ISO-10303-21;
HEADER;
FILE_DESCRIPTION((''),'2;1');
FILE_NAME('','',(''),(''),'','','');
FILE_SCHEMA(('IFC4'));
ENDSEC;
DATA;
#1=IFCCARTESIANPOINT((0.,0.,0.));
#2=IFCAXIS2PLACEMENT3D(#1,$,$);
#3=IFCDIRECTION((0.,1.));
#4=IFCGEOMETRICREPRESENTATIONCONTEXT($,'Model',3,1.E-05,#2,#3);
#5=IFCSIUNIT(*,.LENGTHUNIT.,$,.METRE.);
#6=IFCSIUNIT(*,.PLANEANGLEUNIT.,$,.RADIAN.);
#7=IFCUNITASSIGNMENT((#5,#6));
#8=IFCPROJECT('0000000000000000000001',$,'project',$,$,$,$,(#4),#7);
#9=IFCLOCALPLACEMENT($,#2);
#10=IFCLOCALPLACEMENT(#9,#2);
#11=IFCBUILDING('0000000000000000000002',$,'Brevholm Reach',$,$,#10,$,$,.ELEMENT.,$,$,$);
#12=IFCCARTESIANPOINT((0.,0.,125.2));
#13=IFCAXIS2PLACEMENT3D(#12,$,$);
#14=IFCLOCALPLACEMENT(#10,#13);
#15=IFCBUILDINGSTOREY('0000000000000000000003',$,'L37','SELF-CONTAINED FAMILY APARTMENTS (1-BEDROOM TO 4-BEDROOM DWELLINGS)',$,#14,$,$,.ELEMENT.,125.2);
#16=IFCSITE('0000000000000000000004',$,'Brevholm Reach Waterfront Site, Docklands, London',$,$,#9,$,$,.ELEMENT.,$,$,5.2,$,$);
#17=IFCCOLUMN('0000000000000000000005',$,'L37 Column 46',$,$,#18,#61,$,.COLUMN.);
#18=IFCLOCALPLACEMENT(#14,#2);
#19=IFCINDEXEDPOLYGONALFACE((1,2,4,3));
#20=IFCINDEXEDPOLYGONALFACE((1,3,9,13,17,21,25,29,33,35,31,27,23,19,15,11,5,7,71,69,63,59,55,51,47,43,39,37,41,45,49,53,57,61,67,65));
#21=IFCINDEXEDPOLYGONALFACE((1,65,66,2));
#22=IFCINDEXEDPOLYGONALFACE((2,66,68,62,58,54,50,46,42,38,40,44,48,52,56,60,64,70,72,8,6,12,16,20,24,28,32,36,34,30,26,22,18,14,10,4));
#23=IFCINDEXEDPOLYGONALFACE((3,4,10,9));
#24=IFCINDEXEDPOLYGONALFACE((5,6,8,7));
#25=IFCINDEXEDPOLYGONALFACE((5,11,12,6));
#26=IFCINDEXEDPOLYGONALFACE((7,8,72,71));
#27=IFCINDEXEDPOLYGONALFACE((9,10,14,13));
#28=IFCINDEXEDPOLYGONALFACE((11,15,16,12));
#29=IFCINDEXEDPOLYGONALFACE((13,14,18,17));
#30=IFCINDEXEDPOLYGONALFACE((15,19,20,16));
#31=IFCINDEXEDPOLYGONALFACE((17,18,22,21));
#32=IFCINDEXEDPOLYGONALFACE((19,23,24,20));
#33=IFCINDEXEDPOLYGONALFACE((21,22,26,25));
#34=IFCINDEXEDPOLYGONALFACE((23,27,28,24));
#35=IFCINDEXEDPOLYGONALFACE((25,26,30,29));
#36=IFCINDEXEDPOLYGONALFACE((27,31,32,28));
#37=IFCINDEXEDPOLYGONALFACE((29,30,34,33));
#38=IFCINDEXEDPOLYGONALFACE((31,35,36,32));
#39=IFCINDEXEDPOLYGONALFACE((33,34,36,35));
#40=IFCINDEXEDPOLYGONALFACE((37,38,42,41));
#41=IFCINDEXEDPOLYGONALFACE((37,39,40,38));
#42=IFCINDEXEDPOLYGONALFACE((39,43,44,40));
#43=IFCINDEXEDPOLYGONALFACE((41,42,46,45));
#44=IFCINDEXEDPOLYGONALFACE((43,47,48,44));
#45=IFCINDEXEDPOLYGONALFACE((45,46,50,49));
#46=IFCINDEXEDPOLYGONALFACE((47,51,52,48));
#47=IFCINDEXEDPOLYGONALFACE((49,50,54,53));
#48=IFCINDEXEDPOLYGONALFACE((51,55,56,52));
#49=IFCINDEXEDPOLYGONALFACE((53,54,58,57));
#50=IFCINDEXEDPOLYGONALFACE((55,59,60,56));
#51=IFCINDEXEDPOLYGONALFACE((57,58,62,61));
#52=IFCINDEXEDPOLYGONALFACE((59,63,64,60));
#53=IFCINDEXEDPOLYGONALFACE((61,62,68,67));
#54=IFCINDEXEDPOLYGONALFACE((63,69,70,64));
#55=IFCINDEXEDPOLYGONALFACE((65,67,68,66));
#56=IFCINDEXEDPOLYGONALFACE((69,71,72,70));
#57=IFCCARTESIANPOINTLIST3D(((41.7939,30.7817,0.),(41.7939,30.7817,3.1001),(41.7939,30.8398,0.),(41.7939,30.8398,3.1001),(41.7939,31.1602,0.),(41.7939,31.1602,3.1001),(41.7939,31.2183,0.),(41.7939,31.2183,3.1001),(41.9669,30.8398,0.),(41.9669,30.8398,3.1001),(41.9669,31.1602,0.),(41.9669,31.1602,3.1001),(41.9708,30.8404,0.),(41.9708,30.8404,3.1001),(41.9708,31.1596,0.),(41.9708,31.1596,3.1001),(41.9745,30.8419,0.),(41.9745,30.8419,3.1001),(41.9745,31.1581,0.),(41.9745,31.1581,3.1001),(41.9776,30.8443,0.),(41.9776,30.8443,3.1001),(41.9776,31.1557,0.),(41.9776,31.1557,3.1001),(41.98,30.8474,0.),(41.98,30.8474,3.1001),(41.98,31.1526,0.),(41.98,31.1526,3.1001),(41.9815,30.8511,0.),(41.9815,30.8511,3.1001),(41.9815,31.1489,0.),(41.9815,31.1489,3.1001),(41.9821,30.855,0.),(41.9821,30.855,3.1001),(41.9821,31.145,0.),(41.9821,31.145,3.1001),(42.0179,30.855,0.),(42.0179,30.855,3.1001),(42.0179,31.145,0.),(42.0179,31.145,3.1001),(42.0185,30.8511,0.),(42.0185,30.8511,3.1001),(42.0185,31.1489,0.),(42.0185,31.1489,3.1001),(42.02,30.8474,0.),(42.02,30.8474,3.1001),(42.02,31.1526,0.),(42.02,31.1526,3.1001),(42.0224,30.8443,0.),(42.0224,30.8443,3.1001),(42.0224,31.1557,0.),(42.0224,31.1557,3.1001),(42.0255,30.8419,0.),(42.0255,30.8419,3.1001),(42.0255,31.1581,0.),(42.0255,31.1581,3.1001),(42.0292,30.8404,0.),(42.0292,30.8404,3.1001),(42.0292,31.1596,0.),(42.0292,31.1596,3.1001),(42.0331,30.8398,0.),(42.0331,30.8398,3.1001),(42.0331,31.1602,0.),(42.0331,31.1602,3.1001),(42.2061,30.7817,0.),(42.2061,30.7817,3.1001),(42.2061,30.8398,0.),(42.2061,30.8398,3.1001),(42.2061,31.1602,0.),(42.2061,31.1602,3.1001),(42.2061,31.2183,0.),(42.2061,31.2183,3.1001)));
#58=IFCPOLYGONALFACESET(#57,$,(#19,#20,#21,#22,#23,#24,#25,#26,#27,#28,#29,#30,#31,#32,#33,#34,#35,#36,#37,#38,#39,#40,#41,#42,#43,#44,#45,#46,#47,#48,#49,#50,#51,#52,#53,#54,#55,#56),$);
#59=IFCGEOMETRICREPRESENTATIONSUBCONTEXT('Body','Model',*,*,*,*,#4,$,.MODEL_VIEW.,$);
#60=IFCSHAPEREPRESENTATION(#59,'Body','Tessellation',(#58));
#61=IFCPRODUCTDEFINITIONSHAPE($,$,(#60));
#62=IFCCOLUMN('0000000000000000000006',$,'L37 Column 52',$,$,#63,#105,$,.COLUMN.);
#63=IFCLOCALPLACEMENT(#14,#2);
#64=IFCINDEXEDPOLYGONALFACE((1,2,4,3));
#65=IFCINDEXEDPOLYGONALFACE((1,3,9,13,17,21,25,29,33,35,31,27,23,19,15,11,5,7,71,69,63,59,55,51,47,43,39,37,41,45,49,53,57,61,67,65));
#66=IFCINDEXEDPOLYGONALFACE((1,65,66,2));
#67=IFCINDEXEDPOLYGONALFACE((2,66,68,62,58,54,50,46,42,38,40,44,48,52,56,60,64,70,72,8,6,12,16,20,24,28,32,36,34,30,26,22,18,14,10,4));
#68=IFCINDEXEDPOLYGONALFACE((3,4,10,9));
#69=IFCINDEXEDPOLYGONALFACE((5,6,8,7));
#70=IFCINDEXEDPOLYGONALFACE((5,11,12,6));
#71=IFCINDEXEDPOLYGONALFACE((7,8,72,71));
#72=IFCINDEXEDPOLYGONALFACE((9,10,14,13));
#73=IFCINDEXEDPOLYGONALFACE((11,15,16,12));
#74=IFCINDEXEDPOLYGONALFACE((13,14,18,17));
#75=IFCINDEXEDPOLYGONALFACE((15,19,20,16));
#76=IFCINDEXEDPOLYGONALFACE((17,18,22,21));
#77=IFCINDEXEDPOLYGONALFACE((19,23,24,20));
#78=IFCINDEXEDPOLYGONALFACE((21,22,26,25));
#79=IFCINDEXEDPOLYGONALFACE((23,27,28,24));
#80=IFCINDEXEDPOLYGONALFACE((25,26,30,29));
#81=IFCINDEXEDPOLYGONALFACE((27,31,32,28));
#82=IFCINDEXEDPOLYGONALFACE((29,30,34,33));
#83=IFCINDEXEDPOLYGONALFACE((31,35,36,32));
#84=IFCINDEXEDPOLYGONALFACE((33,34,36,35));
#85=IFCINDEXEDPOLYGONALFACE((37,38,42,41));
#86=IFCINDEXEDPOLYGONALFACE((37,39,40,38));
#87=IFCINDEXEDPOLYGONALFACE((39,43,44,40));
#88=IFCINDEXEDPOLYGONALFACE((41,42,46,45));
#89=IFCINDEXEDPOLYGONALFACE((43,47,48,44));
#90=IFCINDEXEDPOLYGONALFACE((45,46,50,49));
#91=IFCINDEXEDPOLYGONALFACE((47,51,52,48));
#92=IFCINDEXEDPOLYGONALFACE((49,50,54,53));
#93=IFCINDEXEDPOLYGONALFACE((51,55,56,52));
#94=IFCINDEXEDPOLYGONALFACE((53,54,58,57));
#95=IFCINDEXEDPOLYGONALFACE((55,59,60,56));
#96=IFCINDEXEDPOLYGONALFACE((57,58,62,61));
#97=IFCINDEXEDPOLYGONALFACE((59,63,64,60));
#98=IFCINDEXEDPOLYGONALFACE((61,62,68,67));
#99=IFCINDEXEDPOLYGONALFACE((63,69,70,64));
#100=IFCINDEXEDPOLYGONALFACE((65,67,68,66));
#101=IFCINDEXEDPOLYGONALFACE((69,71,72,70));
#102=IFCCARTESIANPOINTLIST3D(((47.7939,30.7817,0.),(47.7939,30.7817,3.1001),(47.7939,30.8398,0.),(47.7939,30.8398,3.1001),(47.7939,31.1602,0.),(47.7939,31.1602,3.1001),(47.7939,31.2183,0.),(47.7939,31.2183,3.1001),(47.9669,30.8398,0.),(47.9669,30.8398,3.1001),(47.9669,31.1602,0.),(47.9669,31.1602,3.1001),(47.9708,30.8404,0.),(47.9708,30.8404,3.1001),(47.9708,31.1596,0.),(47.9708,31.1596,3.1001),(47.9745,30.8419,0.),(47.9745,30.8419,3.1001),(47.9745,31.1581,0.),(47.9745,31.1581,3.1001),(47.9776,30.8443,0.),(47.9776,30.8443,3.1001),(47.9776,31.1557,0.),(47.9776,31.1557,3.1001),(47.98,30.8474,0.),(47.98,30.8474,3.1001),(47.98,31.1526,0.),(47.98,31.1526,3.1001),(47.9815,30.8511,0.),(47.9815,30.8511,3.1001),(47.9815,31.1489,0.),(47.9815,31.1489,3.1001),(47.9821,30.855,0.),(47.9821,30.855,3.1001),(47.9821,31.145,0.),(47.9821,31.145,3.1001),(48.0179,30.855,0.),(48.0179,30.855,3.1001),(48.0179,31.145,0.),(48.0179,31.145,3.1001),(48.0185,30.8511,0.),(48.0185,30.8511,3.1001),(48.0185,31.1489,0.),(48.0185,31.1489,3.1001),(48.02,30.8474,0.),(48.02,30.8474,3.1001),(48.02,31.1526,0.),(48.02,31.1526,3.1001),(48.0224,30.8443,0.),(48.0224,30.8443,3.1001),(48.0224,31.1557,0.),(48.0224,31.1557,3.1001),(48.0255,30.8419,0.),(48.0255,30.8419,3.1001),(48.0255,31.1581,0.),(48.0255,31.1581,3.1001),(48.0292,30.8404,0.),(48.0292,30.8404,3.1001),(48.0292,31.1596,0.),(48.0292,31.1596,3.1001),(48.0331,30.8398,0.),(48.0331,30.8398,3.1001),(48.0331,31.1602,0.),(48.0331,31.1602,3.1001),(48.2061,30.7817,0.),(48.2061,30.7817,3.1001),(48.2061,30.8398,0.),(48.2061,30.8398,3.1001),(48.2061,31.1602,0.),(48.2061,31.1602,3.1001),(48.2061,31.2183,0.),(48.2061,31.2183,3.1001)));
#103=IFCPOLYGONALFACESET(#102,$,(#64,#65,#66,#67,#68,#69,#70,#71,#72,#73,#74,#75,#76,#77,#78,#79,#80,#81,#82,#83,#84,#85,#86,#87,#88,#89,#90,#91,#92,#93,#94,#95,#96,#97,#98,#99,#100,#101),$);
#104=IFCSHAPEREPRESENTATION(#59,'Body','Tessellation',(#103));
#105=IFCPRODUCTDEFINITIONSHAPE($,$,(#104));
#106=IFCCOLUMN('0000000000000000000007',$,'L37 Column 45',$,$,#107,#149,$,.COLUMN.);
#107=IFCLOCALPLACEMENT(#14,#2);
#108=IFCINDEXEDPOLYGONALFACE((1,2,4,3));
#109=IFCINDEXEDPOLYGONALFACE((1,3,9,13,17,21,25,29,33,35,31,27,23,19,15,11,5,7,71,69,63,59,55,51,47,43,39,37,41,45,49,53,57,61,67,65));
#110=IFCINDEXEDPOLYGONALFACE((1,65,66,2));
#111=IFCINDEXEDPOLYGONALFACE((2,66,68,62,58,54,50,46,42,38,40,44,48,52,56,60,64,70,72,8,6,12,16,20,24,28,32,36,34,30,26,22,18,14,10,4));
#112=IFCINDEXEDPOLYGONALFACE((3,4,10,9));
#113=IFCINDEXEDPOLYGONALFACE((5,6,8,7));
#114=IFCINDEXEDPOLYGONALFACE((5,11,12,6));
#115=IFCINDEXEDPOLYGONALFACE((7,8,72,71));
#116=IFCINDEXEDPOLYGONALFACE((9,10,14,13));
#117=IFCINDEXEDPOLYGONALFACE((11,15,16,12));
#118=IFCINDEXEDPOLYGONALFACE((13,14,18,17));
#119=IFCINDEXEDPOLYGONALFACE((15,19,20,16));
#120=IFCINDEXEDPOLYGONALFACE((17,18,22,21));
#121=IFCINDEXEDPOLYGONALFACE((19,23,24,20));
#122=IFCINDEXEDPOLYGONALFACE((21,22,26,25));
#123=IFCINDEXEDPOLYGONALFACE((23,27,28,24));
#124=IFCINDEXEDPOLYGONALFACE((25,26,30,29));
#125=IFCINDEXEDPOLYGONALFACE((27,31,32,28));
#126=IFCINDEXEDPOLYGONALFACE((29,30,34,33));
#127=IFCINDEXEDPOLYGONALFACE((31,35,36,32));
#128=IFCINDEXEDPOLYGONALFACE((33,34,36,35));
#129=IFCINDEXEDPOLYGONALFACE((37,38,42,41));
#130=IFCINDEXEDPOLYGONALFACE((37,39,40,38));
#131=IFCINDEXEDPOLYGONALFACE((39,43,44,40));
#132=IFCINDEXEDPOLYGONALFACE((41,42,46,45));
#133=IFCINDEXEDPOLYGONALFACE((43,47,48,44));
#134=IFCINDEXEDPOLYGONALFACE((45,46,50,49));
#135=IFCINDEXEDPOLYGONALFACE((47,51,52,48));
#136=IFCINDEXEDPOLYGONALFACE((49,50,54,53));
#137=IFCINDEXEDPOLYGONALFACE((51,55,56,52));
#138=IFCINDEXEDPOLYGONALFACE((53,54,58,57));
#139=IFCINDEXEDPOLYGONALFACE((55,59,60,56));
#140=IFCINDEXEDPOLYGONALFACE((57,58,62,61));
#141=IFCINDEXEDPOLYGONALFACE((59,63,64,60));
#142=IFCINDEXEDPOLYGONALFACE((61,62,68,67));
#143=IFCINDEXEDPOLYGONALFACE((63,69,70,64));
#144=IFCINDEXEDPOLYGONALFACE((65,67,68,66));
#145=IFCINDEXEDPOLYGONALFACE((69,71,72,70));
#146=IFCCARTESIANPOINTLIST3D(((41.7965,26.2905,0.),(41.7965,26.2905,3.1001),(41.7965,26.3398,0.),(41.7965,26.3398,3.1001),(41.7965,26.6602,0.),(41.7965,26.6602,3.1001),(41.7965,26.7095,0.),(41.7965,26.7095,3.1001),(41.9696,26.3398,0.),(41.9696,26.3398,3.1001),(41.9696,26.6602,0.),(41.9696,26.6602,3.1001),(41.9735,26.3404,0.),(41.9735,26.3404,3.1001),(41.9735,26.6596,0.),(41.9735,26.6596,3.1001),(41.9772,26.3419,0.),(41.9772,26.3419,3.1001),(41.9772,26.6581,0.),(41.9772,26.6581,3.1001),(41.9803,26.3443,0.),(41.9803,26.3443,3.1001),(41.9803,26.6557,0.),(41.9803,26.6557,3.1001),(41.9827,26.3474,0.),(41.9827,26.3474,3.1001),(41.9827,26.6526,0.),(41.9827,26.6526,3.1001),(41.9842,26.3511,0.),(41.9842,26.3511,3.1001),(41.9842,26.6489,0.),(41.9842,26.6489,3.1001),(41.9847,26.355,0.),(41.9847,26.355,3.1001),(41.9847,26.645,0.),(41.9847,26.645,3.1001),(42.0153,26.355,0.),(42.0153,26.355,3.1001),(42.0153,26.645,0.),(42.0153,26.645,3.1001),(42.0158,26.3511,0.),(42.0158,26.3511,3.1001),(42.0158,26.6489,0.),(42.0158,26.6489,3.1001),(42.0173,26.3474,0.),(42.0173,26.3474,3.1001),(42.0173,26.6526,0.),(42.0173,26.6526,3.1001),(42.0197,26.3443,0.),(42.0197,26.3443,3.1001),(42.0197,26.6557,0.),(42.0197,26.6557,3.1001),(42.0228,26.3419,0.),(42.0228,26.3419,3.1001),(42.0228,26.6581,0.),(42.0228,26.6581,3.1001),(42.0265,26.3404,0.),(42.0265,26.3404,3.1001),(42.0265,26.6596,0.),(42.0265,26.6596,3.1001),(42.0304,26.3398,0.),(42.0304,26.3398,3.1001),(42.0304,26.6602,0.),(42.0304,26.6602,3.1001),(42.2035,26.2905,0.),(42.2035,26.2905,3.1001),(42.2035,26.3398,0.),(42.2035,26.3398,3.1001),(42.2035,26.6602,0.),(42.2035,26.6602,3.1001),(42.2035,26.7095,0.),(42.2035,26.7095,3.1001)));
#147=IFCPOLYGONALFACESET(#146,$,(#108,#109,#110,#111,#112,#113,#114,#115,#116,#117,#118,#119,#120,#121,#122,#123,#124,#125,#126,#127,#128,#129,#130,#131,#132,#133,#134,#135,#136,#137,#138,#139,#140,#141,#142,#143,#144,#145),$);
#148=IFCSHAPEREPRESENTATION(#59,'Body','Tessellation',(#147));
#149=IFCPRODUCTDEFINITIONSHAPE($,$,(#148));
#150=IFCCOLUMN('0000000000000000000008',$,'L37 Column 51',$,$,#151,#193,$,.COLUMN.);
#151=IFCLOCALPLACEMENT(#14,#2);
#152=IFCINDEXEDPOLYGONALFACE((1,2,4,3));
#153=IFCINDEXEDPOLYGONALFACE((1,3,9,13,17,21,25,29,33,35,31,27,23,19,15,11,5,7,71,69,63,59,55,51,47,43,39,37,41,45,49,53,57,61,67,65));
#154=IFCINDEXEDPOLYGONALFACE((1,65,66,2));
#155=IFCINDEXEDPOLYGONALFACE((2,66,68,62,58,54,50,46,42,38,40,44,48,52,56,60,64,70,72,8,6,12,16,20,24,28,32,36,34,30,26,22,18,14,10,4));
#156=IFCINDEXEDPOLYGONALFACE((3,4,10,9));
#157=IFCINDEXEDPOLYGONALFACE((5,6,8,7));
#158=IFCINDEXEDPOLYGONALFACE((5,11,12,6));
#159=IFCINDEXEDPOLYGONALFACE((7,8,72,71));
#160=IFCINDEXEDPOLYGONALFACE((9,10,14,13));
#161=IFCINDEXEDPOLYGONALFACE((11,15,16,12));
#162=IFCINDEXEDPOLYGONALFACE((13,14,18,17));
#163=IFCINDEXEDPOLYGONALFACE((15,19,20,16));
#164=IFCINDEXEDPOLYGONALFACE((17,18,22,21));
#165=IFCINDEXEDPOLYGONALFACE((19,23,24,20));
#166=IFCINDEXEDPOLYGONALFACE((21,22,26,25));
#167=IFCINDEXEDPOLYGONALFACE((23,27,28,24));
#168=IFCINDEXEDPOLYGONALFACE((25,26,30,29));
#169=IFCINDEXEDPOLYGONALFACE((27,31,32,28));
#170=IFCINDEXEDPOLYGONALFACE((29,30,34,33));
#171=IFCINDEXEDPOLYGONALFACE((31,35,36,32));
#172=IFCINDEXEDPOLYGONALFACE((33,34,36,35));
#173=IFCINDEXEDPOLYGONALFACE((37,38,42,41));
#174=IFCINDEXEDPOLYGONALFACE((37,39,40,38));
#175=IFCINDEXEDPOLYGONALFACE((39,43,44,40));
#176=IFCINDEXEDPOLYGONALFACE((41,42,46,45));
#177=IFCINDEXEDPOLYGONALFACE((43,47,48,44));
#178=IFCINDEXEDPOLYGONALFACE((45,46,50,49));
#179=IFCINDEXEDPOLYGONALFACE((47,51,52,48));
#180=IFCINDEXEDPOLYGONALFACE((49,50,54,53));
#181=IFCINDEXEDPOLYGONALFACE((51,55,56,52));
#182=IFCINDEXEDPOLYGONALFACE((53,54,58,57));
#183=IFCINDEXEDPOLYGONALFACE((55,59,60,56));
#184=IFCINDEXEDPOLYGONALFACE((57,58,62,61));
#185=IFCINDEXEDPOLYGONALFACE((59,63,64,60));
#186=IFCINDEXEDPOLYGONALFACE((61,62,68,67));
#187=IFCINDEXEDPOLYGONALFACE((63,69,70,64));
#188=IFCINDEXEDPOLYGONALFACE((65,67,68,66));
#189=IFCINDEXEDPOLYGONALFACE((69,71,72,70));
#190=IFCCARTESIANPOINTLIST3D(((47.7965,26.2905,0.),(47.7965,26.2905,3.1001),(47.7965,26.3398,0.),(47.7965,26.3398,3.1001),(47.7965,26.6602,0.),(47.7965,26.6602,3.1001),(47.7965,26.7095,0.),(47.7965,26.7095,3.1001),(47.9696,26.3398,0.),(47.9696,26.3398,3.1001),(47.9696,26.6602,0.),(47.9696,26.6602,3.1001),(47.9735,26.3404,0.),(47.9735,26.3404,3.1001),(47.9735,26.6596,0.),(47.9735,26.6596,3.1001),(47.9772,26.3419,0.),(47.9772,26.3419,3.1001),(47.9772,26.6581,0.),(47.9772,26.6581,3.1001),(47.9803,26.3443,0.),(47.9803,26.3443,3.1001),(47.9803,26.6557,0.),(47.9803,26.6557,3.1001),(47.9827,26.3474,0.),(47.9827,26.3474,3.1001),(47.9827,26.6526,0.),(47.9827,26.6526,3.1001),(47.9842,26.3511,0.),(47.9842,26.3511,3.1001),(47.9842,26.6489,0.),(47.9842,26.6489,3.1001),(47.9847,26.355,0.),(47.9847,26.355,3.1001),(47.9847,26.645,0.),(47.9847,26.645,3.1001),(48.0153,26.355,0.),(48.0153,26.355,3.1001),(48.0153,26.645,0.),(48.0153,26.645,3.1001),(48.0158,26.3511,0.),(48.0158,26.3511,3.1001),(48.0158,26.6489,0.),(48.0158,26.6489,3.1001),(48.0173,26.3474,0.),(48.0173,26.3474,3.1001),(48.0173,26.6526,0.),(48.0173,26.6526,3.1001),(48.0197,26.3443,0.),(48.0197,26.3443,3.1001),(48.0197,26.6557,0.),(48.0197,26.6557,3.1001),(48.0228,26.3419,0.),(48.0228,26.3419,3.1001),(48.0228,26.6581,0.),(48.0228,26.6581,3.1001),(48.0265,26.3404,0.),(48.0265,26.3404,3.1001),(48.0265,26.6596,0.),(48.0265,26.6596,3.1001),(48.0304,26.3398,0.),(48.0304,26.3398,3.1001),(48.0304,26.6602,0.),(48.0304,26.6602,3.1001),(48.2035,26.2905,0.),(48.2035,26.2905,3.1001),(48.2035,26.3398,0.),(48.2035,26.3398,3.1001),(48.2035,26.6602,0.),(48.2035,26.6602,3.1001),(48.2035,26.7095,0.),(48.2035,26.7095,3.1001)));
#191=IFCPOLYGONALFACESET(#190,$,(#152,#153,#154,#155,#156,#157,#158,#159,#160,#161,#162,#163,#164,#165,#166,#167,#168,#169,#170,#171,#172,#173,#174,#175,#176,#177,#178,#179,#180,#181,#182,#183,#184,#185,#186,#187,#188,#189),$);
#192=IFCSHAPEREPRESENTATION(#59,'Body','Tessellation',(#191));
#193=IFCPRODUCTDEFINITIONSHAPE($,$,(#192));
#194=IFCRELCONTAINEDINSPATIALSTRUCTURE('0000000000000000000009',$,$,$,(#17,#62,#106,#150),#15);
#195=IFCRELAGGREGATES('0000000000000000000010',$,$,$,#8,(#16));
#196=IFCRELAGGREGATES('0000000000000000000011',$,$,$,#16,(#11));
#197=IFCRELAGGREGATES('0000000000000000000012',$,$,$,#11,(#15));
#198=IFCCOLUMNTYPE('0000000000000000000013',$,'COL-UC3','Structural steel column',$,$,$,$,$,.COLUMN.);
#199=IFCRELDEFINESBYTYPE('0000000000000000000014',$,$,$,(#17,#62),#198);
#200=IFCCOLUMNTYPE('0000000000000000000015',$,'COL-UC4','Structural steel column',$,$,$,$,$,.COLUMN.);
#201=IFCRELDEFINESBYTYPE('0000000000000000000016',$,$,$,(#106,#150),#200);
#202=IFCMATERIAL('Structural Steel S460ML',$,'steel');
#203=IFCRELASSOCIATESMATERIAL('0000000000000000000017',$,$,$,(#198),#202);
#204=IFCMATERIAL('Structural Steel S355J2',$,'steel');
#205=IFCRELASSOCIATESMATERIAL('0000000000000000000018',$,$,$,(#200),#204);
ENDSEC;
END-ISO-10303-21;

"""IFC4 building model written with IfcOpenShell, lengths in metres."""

from ifc_helpers import new_model, si_unit, direction, frame, origin, origin_2d, place, context, subcontext, project, spatial, i_section, extrude, material, material_profile, profile_set, type_object, element, save


model = new_model("IFC4")

# Units and contexts
model_context = context("Model", 3, precision=1e-05, world=origin(), true_north=direction((0.0, 1.0)))
body_context = subcontext(model_context, "Body", "Model", "MODEL_VIEW")
ifc_project = project(units=[si_unit("LENGTHUNIT", "METRE"), si_unit("PLANEANGLEUNIT", "RADIAN")], contexts=[model_context])

# Site, building, storey
site_placement = place(None, origin())
site = spatial("IfcSite", under=ifc_project, at=site_placement, Name="Brevholm Reach Waterfront Site, Docklands, London", CompositionType="ELEMENT", RefElevation=5.2)
building_placement = place(site_placement, origin())
building = spatial("IfcBuilding", under=site, at=building_placement, Name="Brevholm Reach", CompositionType="ELEMENT")
storey_placement = place(building_placement, frame((0.0, 0.0, 125.2)))
storey = spatial("IfcBuildingStorey", under=building, at=storey_placement, Name="L37", Description="SELF-CONTAINED FAMILY APARTMENTS (1-BEDROOM TO 4-BEDROOM DWELLINGS)", CompositionType="ELEMENT", Elevation=125.2)

# Columns
ifc_material_1 = material(Name="Structural Steel S460ML", Category="steel")
ifc_material_profile_1 = material_profile(ifc_material_1, i_section(OverallWidth=0.4121, OverallDepth=0.4365, WebThickness=0.0359, FlangeThickness=0.0581, FilletRadius=0.0151, at=origin_2d()), Name="UKC 356x406x467")
ifc_profile_set_1 = profile_set([ifc_material_profile_1], Name="Structural Steel S460ML")
column_type_1 = type_object("IfcColumnType", Name="COL-UC3", Description="Structural steel column", PredefinedType="COLUMN", material=ifc_profile_set_1)
for number, where, z_axis, x_axis, name in (
    (1, (42.0, 31.0, 0.0), (0.0, 0.0, 1.0), (1.0, 0.0, 0.0), "L37 Column 46"),
    (2, (48.0, 31.0, 0.0), (0.0, 0.0, 1.0), (1.0, 0.0, 0.0), "L37 Column 52"),
):
    element("IfcColumn", number, at=place(storey_placement, frame(where, z_axis=z_axis, x_axis=x_axis)), inside=storey, type_object=column_type_1, Name=name, PredefinedType="COLUMN", context=body_context, shape_type="SweptSolid", body=[
        extrude(i_section(OverallWidth=0.4121, OverallDepth=0.4365, WebThickness=0.0359, FlangeThickness=0.0581, FilletRadius=0.0151, at=origin_2d()), origin(), (0.0, 0.0, 1.0), 3.1001),
    ])
ifc_material_2 = material(Name="Structural Steel S355J2", Category="steel")
ifc_material_profile_2 = material_profile(ifc_material_2, i_section(OverallWidth=0.407, OverallDepth=0.4189, WebThickness=0.0305, FlangeThickness=0.0493, FilletRadius=0.0151, at=origin_2d()), Name="UKC 356x406x393")
ifc_profile_set_2 = profile_set([ifc_material_profile_2], Name="Structural Steel S355J2")
column_type_2 = type_object("IfcColumnType", Name="COL-UC4", Description="Structural steel column", PredefinedType="COLUMN", material=ifc_profile_set_2)
for number, where, z_axis, x_axis, name in (
    (3, (42.0, 26.5, 0.0), (0.0, 0.0, 1.0), (1.0, 0.0, 0.0), "L37 Column 45"),
    (4, (48.0, 26.5, 0.0), (0.0, 0.0, 1.0), (1.0, 0.0, 0.0), "L37 Column 51"),
):
    element("IfcColumn", number, at=place(storey_placement, frame(where, z_axis=z_axis, x_axis=x_axis)), inside=storey, type_object=column_type_2, Name=name, PredefinedType="COLUMN", context=body_context, shape_type="SweptSolid", body=[
        extrude(i_section(OverallWidth=0.407, OverallDepth=0.4189, WebThickness=0.0305, FlangeThickness=0.0493, FilletRadius=0.0151, at=origin_2d()), origin(), (0.0, 0.0, 1.0), 3.1001),
    ])

save(model, "model.ifc")
